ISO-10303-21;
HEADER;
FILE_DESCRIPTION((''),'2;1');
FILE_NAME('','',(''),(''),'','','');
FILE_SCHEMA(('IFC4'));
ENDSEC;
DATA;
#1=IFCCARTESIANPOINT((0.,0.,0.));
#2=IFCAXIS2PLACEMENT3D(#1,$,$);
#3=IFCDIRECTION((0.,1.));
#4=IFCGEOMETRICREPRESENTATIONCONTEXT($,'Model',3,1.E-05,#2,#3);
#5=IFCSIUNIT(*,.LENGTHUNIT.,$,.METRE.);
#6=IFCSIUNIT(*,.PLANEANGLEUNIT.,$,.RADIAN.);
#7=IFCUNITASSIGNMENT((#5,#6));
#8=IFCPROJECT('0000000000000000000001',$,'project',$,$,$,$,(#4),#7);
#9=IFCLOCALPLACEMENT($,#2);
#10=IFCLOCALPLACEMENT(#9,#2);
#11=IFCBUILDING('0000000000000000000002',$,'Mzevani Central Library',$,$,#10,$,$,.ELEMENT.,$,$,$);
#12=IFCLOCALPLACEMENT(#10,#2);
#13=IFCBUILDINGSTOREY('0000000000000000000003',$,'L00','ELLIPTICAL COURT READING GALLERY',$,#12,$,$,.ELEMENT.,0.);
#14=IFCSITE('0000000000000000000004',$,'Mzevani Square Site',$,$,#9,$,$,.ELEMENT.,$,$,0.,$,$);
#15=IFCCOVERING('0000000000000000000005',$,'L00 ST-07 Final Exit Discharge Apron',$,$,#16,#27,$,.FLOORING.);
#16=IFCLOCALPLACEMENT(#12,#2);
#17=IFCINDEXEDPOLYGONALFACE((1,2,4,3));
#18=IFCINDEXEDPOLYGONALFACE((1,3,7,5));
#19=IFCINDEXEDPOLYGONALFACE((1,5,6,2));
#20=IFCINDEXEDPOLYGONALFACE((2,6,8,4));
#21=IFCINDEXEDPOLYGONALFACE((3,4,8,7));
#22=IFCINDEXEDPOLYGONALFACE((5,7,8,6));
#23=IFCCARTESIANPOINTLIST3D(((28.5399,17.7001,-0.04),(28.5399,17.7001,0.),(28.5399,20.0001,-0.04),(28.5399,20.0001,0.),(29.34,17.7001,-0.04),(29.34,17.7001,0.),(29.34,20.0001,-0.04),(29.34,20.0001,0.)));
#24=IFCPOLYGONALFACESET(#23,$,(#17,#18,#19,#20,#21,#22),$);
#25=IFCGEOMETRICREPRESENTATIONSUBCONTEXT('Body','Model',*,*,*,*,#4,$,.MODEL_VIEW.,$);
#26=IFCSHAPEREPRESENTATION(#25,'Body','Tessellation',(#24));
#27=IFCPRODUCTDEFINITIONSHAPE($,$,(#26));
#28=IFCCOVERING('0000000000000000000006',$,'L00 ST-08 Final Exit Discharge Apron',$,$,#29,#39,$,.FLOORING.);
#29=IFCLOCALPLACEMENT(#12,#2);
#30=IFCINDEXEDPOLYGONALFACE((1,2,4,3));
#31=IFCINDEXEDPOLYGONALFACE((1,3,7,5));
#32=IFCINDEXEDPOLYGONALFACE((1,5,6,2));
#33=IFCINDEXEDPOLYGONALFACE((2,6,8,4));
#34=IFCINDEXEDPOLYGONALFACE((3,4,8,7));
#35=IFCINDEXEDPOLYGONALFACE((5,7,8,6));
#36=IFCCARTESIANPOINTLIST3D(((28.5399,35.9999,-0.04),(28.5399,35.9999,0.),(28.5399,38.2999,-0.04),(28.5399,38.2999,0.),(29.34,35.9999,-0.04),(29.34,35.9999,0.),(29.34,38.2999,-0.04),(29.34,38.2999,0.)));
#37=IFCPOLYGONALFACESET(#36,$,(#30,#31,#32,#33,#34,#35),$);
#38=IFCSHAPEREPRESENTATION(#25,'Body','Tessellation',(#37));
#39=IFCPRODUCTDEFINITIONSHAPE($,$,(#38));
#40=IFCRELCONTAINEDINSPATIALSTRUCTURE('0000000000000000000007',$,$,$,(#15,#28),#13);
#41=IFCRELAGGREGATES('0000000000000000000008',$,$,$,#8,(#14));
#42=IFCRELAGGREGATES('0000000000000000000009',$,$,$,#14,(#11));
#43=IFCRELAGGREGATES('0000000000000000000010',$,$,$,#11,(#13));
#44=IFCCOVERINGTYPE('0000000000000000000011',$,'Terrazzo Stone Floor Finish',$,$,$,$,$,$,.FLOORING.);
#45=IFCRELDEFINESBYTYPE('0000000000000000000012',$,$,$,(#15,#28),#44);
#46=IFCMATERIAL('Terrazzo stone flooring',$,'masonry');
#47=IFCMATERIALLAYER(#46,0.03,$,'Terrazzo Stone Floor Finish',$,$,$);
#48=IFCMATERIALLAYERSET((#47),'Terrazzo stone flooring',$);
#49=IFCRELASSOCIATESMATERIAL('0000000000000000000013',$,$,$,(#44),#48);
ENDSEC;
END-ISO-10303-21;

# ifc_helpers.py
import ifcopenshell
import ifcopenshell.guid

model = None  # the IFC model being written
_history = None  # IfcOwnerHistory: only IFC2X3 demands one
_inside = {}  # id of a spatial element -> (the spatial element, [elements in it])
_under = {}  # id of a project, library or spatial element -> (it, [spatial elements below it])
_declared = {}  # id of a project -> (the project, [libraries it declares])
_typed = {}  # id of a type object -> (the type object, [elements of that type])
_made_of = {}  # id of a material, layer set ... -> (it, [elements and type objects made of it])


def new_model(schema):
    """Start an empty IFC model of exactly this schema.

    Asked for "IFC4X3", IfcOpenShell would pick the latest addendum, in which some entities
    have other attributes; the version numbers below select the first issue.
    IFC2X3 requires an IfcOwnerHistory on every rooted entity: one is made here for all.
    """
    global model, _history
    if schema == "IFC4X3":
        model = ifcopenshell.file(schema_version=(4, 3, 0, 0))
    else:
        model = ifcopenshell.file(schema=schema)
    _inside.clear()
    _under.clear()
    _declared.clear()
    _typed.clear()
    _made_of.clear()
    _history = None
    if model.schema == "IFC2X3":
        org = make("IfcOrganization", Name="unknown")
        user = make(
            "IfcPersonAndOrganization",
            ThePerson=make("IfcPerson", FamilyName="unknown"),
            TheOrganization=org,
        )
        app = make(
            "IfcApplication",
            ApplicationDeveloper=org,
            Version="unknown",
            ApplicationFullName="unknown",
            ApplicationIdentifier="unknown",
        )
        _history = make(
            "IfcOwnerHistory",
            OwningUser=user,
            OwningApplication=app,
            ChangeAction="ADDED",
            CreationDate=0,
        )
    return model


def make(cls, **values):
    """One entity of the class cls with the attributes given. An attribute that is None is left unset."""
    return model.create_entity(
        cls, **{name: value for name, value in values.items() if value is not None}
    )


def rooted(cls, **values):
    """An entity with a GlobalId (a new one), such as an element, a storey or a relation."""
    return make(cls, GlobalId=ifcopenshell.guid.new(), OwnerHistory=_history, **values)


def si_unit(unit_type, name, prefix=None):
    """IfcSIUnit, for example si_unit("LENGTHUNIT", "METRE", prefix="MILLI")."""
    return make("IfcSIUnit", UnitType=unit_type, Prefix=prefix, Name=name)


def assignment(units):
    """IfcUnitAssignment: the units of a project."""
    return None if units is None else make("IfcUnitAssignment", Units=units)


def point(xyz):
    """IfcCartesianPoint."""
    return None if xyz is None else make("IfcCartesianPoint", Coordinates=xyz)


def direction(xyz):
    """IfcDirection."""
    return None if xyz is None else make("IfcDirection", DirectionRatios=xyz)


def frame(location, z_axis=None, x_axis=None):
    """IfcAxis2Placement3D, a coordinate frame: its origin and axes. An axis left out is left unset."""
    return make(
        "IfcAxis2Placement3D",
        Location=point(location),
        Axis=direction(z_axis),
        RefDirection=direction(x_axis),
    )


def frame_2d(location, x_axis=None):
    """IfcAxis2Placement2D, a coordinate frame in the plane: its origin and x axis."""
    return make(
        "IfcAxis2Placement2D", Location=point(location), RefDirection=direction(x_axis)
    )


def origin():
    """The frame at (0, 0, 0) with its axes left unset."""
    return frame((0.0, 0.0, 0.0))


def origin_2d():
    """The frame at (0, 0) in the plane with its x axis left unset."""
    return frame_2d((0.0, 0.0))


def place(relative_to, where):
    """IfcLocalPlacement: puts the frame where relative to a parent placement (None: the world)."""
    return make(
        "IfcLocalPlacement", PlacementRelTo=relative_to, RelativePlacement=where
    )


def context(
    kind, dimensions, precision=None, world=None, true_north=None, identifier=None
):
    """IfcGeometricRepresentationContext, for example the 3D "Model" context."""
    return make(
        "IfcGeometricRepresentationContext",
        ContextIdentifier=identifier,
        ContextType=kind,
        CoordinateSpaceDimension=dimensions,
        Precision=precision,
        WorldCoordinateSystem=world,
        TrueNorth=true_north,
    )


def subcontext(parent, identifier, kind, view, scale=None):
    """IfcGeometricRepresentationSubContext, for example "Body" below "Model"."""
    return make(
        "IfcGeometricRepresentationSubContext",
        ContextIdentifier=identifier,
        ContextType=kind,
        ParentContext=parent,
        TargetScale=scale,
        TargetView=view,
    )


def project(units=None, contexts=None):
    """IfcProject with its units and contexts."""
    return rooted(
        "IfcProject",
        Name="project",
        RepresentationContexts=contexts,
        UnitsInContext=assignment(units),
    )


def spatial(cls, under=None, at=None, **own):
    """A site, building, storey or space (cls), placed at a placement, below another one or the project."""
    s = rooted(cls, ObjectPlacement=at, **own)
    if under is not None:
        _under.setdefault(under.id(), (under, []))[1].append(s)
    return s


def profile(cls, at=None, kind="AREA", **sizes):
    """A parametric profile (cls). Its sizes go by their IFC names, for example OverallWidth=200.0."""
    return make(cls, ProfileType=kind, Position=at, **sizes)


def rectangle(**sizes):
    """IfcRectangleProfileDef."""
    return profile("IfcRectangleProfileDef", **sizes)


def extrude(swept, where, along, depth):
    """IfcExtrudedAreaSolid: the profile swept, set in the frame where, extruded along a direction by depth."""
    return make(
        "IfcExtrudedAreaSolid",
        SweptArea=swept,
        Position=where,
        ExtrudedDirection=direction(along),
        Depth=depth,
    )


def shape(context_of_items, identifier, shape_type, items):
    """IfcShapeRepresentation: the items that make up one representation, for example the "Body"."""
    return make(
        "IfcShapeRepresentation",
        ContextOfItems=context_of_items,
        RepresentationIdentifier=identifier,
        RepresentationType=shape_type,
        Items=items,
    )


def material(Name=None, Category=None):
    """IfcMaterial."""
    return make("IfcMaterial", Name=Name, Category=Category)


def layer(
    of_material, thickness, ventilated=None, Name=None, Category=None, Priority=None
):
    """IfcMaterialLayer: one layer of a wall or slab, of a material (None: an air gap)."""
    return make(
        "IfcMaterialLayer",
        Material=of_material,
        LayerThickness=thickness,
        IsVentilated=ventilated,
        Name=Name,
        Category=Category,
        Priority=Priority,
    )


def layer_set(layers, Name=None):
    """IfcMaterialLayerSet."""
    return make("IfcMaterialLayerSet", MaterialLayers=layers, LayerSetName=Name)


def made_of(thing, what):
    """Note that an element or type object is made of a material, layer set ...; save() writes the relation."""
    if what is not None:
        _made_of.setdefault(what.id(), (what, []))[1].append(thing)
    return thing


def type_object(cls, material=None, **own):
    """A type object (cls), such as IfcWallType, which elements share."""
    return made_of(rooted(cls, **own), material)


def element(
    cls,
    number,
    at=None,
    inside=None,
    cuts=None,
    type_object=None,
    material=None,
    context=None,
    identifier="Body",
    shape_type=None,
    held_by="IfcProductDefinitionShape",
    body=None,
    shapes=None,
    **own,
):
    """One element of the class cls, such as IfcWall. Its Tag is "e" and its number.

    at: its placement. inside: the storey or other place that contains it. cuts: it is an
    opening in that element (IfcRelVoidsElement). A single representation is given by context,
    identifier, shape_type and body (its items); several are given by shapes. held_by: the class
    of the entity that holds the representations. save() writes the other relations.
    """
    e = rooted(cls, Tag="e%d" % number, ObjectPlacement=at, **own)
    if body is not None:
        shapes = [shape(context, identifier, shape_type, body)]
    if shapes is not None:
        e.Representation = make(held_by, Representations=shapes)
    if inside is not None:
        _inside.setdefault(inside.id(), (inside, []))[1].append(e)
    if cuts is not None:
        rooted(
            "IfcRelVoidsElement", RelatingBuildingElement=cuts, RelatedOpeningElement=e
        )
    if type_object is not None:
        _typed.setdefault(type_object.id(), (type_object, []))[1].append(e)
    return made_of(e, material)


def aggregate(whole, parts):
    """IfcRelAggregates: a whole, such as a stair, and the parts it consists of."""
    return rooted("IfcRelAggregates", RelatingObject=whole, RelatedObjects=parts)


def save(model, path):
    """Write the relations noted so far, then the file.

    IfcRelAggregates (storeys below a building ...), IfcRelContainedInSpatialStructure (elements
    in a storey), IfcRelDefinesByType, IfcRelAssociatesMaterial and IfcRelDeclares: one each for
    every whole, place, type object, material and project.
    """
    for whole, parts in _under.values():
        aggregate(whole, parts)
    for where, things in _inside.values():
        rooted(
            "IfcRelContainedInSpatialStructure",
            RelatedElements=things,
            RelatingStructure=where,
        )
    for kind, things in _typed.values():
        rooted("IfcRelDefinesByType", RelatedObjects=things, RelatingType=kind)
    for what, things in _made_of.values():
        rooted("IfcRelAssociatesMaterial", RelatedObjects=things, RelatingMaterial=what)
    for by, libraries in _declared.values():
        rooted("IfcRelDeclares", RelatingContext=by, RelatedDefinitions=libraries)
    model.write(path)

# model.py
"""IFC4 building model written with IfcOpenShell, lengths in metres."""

from ifc_helpers import new_model, si_unit, direction, frame, origin, origin_2d, place, context, subcontext, project, spatial, rectangle, extrude, material, layer, layer_set, type_object, element, save


model = new_model("IFC4")

# Units and contexts
model_context = context("Model", 3, precision=1e-05, world=origin(), true_north=direction((0.0, 1.0)))
body_context = subcontext(model_context, "Body", "Model", "MODEL_VIEW")
ifc_project = project(units=[si_unit("LENGTHUNIT", "METRE"), si_unit("PLANEANGLEUNIT", "RADIAN")], contexts=[model_context])

# Site, building, storey
site_placement = place(None, origin())
site = spatial("IfcSite", under=ifc_project, at=site_placement, Name="Mzevani Square Site", CompositionType="ELEMENT", RefElevation=0.0)
building_placement = place(site_placement, origin())
building = spatial("IfcBuilding", under=site, at=building_placement, Name="Mzevani Central Library", CompositionType="ELEMENT")
storey_placement = place(building_placement, origin())
storey = spatial("IfcBuildingStorey", under=building, at=storey_placement, Name="L00", Description="ELLIPTICAL COURT READING GALLERY", CompositionType="ELEMENT", Elevation=0.0)

# Coverings
ifc_material_1 = material(Name="Terrazzo stone flooring", Category="masonry")
ifc_layer_1 = layer(ifc_material_1, 0.03, Name="Terrazzo Stone Floor Finish")
ifc_layer_set_1 = layer_set([ifc_layer_1], Name="Terrazzo stone flooring")
covering_type_1 = type_object("IfcCoveringType", Name="Terrazzo Stone Floor Finish", PredefinedType="FLOORING", material=ifc_layer_set_1)
for number, where, z_axis, x_axis, name in (
    (1, (28.9399, 18.8501, -0.04), (0.0, 0.0, 1.0), (0.0, 1.0, 0.0), "L00 ST-07 Final Exit Discharge Apron"),
    (2, (28.9399, 37.1499, -0.04), (0.0, 0.0, 1.0), (0.0, 1.0, 0.0), "L00 ST-08 Final Exit Discharge Apron"),
):
    element("IfcCovering", number, at=place(storey_placement, frame(where, z_axis=z_axis, x_axis=x_axis)), inside=storey, type_object=covering_type_1, Name=name, PredefinedType="FLOORING", context=body_context, shape_type="SweptSolid", body=[
        extrude(rectangle(XDim=2.3, YDim=0.8, at=origin_2d()), origin(), (0.0, 0.0, 1.0), 0.04),
    ])

save(model, "model.ifc")
